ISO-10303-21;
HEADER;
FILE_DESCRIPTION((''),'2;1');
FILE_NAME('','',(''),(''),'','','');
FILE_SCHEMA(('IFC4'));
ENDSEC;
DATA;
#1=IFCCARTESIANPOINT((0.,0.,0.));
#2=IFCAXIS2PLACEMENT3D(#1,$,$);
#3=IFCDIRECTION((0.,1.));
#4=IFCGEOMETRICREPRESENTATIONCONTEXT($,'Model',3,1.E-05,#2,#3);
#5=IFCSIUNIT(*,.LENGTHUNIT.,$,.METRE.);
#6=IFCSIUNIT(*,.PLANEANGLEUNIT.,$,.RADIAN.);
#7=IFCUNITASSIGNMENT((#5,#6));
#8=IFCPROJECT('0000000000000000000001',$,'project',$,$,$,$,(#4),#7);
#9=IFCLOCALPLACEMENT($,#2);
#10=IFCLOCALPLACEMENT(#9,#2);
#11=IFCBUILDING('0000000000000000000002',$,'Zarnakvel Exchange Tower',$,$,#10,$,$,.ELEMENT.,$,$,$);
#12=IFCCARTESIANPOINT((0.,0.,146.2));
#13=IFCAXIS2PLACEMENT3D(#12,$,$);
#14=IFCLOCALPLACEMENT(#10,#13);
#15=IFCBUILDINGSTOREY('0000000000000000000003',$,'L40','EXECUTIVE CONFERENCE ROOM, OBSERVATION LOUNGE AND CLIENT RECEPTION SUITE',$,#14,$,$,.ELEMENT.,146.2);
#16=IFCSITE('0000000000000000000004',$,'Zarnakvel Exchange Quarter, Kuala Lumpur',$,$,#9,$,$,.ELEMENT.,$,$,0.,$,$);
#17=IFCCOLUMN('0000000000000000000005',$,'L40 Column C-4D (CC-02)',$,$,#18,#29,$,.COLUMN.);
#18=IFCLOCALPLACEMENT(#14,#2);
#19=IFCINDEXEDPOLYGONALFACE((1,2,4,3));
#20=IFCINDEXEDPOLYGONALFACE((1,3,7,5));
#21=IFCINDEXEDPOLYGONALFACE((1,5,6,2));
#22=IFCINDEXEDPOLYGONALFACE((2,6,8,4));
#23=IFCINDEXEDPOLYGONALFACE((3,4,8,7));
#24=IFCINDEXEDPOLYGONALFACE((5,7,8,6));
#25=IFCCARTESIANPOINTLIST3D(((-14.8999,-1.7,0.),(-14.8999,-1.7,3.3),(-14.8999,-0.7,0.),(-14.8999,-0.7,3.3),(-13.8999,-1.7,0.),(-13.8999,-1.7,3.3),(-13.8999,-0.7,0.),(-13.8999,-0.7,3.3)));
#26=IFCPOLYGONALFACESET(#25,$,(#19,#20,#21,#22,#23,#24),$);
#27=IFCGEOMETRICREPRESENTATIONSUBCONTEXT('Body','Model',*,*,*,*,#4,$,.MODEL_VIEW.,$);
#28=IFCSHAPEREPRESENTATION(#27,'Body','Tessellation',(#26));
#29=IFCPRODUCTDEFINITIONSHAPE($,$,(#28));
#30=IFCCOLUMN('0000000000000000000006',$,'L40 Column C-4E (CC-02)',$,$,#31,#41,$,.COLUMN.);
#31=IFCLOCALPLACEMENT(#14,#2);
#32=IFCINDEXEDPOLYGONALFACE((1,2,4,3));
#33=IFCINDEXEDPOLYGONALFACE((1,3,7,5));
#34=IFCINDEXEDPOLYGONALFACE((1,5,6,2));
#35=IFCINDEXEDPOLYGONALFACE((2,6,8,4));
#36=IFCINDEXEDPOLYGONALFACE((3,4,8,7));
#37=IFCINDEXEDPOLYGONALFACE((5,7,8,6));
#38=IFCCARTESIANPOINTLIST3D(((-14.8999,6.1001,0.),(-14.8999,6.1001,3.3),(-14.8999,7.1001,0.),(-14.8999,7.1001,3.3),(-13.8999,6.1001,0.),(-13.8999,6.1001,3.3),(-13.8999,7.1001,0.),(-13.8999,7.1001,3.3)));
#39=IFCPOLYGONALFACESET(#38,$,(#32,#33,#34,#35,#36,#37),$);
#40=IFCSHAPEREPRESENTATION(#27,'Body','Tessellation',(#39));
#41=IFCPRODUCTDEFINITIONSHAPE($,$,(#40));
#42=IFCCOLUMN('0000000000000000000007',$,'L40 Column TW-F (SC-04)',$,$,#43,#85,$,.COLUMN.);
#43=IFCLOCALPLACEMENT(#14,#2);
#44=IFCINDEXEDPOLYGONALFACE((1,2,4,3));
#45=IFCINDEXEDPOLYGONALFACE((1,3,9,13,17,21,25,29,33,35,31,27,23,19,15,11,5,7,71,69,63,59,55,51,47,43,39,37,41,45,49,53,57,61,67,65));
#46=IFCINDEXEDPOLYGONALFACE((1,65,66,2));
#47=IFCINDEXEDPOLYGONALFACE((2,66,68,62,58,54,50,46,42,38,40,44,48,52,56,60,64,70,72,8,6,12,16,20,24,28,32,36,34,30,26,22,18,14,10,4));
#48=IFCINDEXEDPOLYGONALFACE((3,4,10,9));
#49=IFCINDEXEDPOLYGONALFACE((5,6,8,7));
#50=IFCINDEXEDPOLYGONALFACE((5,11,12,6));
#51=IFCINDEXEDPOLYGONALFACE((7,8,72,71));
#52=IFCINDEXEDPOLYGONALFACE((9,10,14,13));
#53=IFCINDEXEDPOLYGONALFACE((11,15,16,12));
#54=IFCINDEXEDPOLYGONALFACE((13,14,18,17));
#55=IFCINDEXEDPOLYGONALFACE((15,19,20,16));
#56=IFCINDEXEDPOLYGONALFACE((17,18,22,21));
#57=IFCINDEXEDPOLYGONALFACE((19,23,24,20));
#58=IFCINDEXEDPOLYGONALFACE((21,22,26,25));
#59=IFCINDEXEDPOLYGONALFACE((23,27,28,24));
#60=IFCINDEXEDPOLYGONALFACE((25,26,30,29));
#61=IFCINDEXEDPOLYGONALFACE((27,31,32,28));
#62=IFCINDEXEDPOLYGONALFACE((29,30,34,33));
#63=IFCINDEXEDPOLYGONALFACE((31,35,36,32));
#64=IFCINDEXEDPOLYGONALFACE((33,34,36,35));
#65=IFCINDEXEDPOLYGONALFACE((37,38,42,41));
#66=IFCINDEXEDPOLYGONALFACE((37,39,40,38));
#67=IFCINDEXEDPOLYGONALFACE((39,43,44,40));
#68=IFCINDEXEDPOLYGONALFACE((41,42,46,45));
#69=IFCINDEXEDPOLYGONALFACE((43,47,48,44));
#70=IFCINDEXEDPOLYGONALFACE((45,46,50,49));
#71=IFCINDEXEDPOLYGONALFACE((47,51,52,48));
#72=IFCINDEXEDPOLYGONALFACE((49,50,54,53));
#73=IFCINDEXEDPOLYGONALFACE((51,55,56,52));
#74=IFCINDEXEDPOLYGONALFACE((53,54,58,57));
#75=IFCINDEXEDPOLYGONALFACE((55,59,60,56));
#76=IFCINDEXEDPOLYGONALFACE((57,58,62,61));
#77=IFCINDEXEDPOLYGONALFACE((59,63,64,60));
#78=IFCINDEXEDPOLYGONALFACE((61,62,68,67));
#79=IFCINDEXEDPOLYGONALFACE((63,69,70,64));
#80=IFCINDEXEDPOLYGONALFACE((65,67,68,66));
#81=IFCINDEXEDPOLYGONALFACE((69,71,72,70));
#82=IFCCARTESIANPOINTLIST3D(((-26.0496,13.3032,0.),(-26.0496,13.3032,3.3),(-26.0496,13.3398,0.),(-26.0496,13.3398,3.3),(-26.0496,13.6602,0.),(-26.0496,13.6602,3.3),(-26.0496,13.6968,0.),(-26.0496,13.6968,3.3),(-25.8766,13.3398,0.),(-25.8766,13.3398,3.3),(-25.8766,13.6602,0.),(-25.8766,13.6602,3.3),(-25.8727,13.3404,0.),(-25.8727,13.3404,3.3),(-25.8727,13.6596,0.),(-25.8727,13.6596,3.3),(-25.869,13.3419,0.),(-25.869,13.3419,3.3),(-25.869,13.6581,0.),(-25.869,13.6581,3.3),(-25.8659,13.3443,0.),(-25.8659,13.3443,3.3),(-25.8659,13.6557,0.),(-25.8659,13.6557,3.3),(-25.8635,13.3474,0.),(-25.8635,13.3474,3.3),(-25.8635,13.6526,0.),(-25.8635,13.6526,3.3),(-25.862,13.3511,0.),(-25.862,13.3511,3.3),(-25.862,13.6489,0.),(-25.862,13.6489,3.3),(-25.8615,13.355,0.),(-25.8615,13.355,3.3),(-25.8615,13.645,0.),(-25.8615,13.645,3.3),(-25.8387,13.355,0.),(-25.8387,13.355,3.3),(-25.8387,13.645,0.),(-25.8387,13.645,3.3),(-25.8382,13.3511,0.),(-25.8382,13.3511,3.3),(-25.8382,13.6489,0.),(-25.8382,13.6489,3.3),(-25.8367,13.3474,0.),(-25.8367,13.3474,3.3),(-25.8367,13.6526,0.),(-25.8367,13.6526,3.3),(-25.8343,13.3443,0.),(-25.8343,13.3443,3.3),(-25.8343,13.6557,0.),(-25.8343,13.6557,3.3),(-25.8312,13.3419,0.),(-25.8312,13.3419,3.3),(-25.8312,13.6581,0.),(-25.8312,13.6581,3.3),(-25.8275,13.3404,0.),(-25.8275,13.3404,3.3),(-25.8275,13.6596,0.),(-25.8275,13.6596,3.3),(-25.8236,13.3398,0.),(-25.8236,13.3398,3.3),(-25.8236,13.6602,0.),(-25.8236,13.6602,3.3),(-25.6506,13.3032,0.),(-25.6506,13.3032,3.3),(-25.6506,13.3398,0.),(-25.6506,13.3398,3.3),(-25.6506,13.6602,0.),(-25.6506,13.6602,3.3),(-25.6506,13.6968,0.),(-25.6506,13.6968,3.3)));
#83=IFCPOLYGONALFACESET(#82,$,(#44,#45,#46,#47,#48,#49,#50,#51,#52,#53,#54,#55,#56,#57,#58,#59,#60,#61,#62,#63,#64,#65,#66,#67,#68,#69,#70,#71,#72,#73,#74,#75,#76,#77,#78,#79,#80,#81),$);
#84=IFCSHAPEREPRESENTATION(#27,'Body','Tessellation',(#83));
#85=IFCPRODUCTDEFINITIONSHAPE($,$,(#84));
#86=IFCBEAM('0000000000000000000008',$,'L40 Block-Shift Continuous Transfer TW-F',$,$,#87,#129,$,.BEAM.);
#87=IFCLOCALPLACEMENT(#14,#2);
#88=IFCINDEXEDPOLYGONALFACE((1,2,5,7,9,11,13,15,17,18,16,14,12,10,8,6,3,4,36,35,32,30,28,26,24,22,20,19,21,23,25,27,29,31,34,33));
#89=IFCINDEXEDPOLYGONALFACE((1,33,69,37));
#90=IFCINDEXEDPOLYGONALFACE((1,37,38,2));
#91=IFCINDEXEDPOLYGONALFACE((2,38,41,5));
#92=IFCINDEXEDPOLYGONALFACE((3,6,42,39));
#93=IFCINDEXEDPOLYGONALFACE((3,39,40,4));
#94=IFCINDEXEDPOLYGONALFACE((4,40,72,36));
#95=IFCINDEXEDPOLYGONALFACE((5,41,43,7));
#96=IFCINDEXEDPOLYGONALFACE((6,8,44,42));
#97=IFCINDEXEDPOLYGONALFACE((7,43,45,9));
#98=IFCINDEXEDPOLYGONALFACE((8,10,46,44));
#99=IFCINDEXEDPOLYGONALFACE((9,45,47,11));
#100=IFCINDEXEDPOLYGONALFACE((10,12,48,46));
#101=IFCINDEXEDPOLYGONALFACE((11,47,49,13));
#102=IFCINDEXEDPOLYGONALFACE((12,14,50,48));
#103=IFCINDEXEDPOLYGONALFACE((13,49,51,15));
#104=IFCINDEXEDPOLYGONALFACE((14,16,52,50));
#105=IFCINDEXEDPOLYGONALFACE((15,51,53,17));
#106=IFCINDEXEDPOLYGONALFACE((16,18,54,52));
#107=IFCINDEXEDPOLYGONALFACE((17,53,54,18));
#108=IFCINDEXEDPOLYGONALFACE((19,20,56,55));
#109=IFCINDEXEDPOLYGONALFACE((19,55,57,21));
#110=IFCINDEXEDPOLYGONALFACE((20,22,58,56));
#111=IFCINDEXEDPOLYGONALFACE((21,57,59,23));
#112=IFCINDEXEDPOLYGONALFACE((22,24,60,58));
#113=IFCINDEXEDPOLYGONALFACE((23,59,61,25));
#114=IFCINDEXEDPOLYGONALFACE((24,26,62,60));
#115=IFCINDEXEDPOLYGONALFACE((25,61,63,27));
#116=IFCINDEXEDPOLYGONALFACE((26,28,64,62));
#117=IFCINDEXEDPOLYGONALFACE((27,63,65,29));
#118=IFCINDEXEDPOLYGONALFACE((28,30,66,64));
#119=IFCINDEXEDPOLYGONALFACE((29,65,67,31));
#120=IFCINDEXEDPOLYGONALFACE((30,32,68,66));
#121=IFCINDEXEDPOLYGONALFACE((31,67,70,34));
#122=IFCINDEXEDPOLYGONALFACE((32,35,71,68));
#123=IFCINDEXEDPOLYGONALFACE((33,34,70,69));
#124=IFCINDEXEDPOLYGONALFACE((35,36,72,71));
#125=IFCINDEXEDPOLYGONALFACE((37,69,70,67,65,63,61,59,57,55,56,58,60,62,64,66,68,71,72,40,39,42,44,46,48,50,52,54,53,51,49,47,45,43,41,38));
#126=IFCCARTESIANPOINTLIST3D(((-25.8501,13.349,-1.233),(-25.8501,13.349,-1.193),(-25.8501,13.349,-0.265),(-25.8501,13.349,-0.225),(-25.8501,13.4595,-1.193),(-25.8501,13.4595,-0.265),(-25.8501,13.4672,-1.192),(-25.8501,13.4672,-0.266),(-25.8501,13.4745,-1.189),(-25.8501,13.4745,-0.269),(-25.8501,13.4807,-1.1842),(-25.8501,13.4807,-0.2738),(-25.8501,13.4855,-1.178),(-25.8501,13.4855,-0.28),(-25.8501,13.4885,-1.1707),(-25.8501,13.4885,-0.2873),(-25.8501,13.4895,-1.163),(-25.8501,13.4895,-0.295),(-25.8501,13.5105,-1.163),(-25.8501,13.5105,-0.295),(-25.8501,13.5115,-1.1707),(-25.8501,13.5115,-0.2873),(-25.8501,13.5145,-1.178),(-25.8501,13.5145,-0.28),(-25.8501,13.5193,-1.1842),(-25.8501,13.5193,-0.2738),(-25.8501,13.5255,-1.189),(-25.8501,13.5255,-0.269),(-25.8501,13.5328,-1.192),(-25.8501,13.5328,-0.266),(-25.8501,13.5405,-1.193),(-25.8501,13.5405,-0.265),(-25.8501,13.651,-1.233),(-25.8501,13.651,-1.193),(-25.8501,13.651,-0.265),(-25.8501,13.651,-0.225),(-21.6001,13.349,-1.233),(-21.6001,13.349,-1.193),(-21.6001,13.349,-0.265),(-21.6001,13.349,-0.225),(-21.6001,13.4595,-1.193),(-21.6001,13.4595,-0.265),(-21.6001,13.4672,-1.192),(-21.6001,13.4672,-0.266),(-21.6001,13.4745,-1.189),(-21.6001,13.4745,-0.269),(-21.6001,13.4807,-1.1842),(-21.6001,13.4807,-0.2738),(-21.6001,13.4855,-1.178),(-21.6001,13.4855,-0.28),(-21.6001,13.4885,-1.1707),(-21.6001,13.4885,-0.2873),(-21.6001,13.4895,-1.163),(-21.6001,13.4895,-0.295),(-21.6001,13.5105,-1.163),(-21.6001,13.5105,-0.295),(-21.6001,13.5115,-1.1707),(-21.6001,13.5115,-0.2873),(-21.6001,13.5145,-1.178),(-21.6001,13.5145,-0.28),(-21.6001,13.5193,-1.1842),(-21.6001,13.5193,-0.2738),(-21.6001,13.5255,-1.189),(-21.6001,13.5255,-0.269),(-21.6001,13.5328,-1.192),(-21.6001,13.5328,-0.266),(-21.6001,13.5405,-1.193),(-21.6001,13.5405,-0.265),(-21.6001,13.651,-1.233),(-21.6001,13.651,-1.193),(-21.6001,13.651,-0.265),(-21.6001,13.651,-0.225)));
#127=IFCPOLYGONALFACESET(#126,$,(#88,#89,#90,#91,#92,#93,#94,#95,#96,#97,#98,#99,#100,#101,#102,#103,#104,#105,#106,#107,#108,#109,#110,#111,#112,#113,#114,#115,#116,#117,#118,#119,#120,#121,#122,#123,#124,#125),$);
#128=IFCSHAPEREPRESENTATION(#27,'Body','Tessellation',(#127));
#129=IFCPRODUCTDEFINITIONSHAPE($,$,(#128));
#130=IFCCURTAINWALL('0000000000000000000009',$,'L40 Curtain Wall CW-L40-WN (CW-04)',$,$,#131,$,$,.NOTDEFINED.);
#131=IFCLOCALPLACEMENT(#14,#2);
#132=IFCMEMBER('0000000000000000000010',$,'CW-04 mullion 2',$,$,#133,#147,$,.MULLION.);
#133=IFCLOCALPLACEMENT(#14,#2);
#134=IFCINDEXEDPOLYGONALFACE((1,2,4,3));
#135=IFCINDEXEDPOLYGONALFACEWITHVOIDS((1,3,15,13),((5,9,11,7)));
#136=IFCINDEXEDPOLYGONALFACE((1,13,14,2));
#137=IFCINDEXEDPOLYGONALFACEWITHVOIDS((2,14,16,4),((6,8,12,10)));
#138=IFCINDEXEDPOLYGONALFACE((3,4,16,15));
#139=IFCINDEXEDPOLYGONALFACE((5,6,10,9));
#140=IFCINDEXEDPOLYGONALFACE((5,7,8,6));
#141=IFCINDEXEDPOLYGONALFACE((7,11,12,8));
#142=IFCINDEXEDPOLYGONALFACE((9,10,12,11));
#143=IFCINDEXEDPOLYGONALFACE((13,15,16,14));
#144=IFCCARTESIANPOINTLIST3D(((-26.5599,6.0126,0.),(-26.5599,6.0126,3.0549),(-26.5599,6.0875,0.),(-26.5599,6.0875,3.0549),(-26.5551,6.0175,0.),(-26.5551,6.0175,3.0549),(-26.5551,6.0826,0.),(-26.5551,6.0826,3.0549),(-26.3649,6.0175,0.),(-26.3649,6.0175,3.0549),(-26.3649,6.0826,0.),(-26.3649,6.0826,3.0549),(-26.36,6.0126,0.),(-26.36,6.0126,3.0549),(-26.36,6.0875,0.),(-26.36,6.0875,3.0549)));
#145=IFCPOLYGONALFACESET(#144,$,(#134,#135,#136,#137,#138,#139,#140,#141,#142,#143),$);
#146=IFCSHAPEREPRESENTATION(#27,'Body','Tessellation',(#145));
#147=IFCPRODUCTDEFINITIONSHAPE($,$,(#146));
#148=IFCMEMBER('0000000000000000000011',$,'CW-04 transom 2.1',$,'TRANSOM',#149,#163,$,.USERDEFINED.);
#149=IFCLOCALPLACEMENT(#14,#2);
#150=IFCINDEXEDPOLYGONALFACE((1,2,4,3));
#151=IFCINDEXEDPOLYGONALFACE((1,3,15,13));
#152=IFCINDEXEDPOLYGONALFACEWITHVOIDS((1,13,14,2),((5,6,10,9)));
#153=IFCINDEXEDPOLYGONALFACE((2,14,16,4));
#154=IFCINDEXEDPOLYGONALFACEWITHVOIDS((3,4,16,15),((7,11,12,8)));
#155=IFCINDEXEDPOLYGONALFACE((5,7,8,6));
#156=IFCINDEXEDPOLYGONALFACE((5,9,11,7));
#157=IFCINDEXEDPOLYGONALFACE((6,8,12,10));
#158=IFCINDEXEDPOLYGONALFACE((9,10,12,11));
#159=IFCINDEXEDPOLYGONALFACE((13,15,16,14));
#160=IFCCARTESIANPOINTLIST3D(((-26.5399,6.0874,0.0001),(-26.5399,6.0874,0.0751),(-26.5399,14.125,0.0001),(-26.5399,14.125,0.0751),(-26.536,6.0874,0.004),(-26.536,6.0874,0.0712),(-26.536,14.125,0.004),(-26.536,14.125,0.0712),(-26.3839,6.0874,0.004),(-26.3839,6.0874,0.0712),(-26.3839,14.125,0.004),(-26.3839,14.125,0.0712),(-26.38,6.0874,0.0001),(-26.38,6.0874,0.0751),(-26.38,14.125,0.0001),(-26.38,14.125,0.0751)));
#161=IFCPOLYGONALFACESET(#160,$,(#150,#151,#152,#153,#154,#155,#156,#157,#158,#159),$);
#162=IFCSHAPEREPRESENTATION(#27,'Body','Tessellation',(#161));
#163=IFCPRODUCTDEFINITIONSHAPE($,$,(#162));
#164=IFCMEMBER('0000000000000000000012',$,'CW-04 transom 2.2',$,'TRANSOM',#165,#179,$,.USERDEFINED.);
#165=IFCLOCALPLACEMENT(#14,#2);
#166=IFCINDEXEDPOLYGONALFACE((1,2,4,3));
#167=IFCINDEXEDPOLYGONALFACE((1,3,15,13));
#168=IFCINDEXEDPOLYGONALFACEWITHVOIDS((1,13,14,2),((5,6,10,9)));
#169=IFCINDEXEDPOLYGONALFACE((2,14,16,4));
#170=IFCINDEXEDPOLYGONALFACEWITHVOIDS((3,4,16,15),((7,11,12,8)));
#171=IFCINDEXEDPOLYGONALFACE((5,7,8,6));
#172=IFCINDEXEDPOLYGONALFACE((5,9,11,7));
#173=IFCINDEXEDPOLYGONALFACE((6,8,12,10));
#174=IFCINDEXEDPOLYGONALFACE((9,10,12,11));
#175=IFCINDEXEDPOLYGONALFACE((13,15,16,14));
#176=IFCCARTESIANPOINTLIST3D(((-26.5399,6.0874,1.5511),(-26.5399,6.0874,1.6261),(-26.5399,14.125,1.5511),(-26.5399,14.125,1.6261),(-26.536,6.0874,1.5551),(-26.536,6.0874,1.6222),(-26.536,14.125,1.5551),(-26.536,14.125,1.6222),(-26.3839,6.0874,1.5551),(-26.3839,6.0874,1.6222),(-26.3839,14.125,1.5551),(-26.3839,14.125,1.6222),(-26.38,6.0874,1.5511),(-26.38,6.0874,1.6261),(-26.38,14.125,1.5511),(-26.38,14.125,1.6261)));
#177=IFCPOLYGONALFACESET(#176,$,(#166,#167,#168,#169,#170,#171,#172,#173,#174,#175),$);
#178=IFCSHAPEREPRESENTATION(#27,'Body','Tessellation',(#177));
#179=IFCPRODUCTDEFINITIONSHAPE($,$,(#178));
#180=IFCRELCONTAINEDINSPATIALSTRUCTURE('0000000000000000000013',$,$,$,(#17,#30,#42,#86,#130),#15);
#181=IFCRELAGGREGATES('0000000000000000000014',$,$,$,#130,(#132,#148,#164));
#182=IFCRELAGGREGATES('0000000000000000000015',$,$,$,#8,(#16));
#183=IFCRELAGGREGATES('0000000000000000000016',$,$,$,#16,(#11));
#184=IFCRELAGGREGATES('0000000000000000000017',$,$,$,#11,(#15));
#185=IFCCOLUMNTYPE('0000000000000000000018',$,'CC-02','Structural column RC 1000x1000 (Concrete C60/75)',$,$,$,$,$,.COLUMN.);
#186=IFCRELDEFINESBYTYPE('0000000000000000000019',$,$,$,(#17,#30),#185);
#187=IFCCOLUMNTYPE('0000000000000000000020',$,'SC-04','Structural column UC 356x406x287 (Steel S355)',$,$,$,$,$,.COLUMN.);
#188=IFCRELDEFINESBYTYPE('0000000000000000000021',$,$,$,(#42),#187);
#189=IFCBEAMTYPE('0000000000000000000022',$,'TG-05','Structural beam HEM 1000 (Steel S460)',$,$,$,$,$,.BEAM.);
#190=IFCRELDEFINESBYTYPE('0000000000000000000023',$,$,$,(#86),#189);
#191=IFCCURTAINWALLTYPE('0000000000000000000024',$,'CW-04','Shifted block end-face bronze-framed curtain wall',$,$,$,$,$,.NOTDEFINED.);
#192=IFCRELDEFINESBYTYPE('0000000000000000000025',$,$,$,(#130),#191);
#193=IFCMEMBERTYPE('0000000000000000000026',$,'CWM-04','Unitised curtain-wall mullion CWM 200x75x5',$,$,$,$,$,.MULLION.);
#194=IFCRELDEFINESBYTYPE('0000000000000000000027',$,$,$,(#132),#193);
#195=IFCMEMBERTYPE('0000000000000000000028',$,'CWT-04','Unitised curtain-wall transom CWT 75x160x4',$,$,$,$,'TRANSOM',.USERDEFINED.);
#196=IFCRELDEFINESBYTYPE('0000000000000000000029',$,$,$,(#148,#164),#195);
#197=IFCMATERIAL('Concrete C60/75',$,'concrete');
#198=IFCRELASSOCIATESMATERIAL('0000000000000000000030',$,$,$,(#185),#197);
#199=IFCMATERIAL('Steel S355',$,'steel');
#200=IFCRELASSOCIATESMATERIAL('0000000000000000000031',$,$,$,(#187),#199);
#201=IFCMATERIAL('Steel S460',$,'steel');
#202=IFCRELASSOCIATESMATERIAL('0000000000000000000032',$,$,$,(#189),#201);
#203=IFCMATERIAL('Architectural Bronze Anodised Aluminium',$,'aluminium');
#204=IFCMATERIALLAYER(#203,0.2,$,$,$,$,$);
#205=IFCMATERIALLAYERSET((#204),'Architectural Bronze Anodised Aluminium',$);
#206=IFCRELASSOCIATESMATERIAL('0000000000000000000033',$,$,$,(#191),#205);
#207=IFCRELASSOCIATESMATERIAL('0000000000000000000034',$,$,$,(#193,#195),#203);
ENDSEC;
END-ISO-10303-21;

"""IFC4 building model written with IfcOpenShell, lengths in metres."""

from ifc_helpers import new_model, si_unit, direction, frame, origin, origin_2d, place, context, subcontext, project, spatial, rectangle, hollow_rectangle, i_section, extrude, source, transform, mapped, material, layer, layer_set, material_profile, profile_set, type_object, element, aggregate, save


model = new_model("IFC4")

# Units and contexts
model_context = context("Model", 3, precision=1e-05, world=origin(), true_north=direction((0.0, 1.0)))
body_context = subcontext(model_context, "Body", "Model", "MODEL_VIEW")
ifc_project = project(units=[si_unit("LENGTHUNIT", "METRE"), si_unit("PLANEANGLEUNIT", "RADIAN")], contexts=[model_context])

# Site, building, storey
site_placement = place(None, origin())
site = spatial("IfcSite", under=ifc_project, at=site_placement, Name="Zarnakvel Exchange Quarter, Kuala Lumpur", CompositionType="ELEMENT", RefElevation=0.0)
building_placement = place(site_placement, origin())
building = spatial("IfcBuilding", under=site, at=building_placement, Name="Zarnakvel Exchange Tower", CompositionType="ELEMENT")
storey_placement = place(building_placement, frame((0.0, 0.0, 146.2)))
storey = spatial("IfcBuildingStorey", under=building, at=storey_placement, Name="L40", Description="EXECUTIVE CONFERENCE ROOM, OBSERVATION LOUNGE AND CLIENT RECEPTION SUITE", CompositionType="ELEMENT", Elevation=146.2)

# Columns
ifc_material_1 = material(Name="Concrete C60/75", Category="concrete")
ifc_material_profile_1 = material_profile(ifc_material_1, rectangle(XDim=1.0, YDim=1.0, at=origin_2d()))
ifc_profile_set_1 = profile_set([ifc_material_profile_1], Name="Concrete C60/75")
column_type_1 = type_object("IfcColumnType", Name="CC-02", Description="Structural column RC 1000x1000 (Concrete C60/75)", PredefinedType="COLUMN", material=ifc_profile_set_1)
for number, where, z_axis, x_axis, name in (
    (1, (-14.3999, -1.2, 0.0), (0.0, 0.0, 1.0), (1.0, 0.0, 0.0), "L40 Column C-4D (CC-02)"),
    (2, (-14.3999, 6.6001, 0.0), (0.0, 0.0, 1.0), (1.0, 0.0, 0.0), "L40 Column C-4E (CC-02)"),
):
    element("IfcColumn", number, at=place(storey_placement, frame(where, z_axis=z_axis, x_axis=x_axis)), inside=storey, type_object=column_type_1, Name=name, PredefinedType="COLUMN", context=body_context, shape_type="SweptSolid", body=[
        extrude(rectangle(XDim=1.0, YDim=1.0, at=origin_2d()), origin(), (0.0, 0.0, 1.0), 3.3),
    ])
ifc_material_2 = material(Name="Steel S355", Category="steel")
ifc_material_profile_2 = material_profile(ifc_material_2, i_section(OverallWidth=0.3989, OverallDepth=0.3936, WebThickness=0.0227, FlangeThickness=0.0366, FilletRadius=0.0151, at=origin_2d()))
ifc_profile_set_2 = profile_set([ifc_material_profile_2], Name="Steel S355")
column_type_2 = type_object("IfcColumnType", Name="SC-04", Description="Structural column UC 356x406x287 (Steel S355)", PredefinedType="COLUMN", material=ifc_profile_set_2)
column_placement = place(storey_placement, frame((-25.8501, 13.5, 0.0), z_axis=(0.0, 0.0, 1.0), x_axis=(1.0, 0.0, 0.0)))
element("IfcColumn", 3, at=column_placement, inside=storey, type_object=column_type_2, Name="L40 Column TW-F (SC-04)", PredefinedType="COLUMN", context=body_context, shape_type="SweptSolid", body=[
    extrude(i_section(OverallWidth=0.3989, OverallDepth=0.3936, WebThickness=0.0227, FlangeThickness=0.0366, FilletRadius=0.0151, at=origin_2d()), origin(), (0.0, 0.0, 1.0), 3.3),
])

# Beam
ifc_material_3 = material(Name="Steel S460", Category="steel")
ifc_material_profile_3 = material_profile(ifc_material_3, i_section(OverallWidth=0.302, OverallDepth=1.0081, WebThickness=0.021, FlangeThickness=0.04, FilletRadius=0.03, at=origin_2d()))
ifc_profile_set_3 = profile_set([ifc_material_profile_3], Name="Steel S460")
beam_type = type_object("IfcBeamType", Name="TG-05", Description="Structural beam HEM 1000 (Steel S460)", PredefinedType="BEAM", material=ifc_profile_set_3)
beam_placement = place(storey_placement, frame((-25.8501, 13.5, -0.729), z_axis=(1.0, 0.0, 0.0), x_axis=(0.0, 1.0, 0.0)))
element("IfcBeam", 4, at=beam_placement, inside=storey, type_object=beam_type, Name="L40 Block-Shift Continuous Transfer TW-F", PredefinedType="BEAM", context=body_context, shape_type="SweptSolid", body=[
    extrude(i_section(OverallWidth=0.302, OverallDepth=1.0081, WebThickness=0.021, FlangeThickness=0.04, FilletRadius=0.03, at=origin_2d()), origin(), (0.0, 0.0, 1.0), 4.25),
])

# Curtain wall, members
ifc_material_4 = material(Name="Architectural Bronze Anodised Aluminium", Category="aluminium")
ifc_layer_1 = layer(ifc_material_4, 0.2)
ifc_layer_set_1 = layer_set([ifc_layer_1], Name="Architectural Bronze Anodised Aluminium")
curtain_wall_type = type_object("IfcCurtainWallType", Name="CW-04", Description="Shifted block end-face bronze-framed curtain wall", PredefinedType="NOTDEFINED", material=ifc_layer_set_1)
curtain_wall_placement = place(storey_placement, origin())
curtain_wall = element("IfcCurtainWall", 5, at=curtain_wall_placement, inside=storey, type_object=curtain_wall_type, Name="L40 Curtain Wall CW-L40-WN (CW-04)", PredefinedType="NOTDEFINED")
ifc_material_profile_4 = material_profile(ifc_material_4, hollow_rectangle(XDim=0.2, YDim=0.075, WallThickness=0.0049, at=origin_2d()))
ifc_profile_set_4 = profile_set([ifc_material_profile_4], Name="Architectural Bronze Anodised Aluminium")
member_type_1 = type_object("IfcMemberType", Name="CWM-04", Description="Unitised curtain-wall mullion CWM 200x75x5", PredefinedType="MULLION", material=ifc_profile_set_4)
shared_shape_1 = source(origin(), body_context, "Body", "SweptSolid", [
    extrude(hollow_rectangle(XDim=0.2, YDim=0.075, WallThickness=0.0049, at=origin_2d()), origin(), (0.0, 0.0, 1.0), 3.0549),
])
member_1_placement = place(storey_placement, frame((-26.46, 6.05, 0.0), z_axis=(0.0, 0.0, 1.0), x_axis=(-1.0, 0.0, 0.0)))
member_1 = element("IfcMember", 6, at=member_1_placement, type_object=member_type_1, Name="CW-04 mullion 2", PredefinedType="MULLION", context=body_context, shape_type="MappedRepresentation", body=[
    mapped(shared_shape_1, transform((0.0, 0.0, 0.0), x_axis=(1.0, 0.0, 0.0), y_axis=(0.0, 1.0, 0.0), z_axis=(0.0, 0.0, 1.0), scale=1.0)),
])
ifc_material_profile_5 = material_profile(ifc_material_4, hollow_rectangle(XDim=0.1599, YDim=0.075, WallThickness=0.0039, at=origin_2d()))
ifc_profile_set_5 = profile_set([ifc_material_profile_5], Name="Architectural Bronze Anodised Aluminium")
member_type_2 = type_object("IfcMemberType", Name="CWT-04", Description="Unitised curtain-wall transom CWT 75x160x4", ElementType="TRANSOM", PredefinedType="USERDEFINED", material=ifc_profile_set_5)
shared_shape_2 = source(origin(), body_context, "Body", "SweptSolid", [
    extrude(hollow_rectangle(XDim=0.1599, YDim=0.075, WallThickness=0.0039, at=origin_2d()), origin(), (0.0, 0.0, 1.0), 8.0376),
])
member_2_placement = place(storey_placement, frame((-26.46, 6.0874, 0.0376), z_axis=(0.0, 1.0, 0.0), x_axis=(-1.0, 0.0, 0.0)))
member_2 = element("IfcMember", 7, at=member_2_placement, type_object=member_type_2, Name="CW-04 transom 2.1", ObjectType="TRANSOM", PredefinedType="USERDEFINED", context=body_context, shape_type="MappedRepresentation", body=[
    mapped(shared_shape_2, transform((0.0, 0.0, 0.0), x_axis=(1.0, 0.0, 0.0), y_axis=(0.0, 1.0, 0.0), z_axis=(0.0, 0.0, 1.0), scale=1.0)),
])
member_3_placement = place(storey_placement, frame((-26.46, 6.0874, 1.5886), z_axis=(0.0, 1.0, 0.0), x_axis=(-1.0, 0.0, 0.0)))
member_3 = element("IfcMember", 8, at=member_3_placement, type_object=member_type_2, Name="CW-04 transom 2.2", ObjectType="TRANSOM", PredefinedType="USERDEFINED", context=body_context, shape_type="MappedRepresentation", body=[
    mapped(shared_shape_2, transform((0.0, 0.0, 0.0), x_axis=(1.0, 0.0, 0.0), y_axis=(0.0, 1.0, 0.0), z_axis=(0.0, 0.0, 1.0), scale=1.0)),
])
aggregate(curtain_wall, [member_1, member_2, member_3])

save(model, "model.ifc")
